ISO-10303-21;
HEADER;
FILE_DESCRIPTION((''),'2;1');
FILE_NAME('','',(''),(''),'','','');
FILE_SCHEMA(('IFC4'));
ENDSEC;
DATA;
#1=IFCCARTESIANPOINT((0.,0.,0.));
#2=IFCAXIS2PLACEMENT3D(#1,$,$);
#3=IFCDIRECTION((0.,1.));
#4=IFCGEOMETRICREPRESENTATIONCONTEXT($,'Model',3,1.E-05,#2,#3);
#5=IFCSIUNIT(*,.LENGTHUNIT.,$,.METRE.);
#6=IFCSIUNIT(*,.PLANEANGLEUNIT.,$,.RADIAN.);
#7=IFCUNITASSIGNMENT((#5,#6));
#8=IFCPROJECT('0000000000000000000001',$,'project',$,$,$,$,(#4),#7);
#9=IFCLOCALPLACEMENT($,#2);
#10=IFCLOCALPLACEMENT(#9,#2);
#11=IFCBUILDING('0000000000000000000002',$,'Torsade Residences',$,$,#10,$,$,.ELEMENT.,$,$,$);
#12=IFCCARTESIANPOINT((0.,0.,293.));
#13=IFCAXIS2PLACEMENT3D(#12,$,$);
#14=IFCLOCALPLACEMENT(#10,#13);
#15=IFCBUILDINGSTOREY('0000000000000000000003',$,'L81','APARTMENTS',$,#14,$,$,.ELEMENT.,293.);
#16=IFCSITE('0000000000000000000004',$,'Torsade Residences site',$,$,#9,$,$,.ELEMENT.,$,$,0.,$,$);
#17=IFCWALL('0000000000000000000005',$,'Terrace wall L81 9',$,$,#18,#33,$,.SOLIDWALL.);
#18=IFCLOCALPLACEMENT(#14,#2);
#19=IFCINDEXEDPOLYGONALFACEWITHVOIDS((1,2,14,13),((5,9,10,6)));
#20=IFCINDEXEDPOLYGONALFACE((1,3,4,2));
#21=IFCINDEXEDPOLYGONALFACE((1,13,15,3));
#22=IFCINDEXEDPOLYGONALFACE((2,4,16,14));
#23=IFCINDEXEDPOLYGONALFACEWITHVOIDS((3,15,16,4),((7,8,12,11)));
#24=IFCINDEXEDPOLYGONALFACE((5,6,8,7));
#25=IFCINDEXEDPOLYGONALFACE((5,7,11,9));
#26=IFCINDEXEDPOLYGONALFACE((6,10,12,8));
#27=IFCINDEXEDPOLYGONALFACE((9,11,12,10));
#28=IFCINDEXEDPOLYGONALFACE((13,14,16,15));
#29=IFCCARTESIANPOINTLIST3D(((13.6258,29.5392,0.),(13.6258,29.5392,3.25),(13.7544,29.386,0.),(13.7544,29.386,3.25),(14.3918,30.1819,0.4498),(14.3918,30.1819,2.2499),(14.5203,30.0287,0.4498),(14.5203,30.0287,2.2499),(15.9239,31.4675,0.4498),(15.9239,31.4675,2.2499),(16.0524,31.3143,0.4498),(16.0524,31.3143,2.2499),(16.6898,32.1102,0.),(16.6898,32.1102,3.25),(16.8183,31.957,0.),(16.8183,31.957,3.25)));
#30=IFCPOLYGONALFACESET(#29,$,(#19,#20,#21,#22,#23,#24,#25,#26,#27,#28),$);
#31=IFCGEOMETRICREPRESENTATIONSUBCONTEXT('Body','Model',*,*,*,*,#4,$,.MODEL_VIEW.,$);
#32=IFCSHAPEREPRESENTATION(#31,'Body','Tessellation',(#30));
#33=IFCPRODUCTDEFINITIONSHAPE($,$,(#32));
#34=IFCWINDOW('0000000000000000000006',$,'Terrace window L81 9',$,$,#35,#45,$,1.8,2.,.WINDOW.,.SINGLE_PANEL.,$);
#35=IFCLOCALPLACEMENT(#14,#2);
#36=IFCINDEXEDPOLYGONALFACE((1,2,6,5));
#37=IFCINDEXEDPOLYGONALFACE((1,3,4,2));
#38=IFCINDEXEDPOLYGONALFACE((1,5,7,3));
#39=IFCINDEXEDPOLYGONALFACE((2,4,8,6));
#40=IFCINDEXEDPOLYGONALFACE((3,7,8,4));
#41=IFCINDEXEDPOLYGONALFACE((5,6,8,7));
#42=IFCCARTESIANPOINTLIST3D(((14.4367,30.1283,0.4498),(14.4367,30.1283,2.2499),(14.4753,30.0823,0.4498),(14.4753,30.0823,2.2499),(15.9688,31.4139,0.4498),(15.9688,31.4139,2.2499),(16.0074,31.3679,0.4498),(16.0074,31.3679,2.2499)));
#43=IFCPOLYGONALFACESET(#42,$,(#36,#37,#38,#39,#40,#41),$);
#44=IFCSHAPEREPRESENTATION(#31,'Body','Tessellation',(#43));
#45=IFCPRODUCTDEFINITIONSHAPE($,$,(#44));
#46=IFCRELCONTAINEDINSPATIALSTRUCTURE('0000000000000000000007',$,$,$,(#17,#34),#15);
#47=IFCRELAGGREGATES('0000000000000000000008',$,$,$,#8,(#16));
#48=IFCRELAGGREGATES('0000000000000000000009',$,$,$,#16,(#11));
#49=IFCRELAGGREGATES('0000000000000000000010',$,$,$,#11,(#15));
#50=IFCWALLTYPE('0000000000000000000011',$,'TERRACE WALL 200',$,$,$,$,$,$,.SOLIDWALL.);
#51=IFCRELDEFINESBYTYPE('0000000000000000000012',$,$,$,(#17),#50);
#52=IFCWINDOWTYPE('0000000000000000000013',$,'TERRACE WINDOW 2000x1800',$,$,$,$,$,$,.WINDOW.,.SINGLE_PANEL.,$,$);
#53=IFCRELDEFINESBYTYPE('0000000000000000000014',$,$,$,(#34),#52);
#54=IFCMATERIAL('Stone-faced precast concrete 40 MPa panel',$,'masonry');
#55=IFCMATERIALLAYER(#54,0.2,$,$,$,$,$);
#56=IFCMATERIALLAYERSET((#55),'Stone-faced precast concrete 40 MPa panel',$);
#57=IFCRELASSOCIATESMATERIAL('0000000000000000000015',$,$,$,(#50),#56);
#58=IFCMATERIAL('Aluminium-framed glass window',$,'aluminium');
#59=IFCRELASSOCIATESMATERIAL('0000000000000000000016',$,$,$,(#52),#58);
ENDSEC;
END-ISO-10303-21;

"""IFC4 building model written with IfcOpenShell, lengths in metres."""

from ifc_helpers import new_model, si_unit, direction, frame, frame_2d, origin, place, context, subcontext, project, spatial, rectangle, extrude, material, layer, layer_set, type_object, element, fill, save


model = new_model("IFC4")

# Units and contexts
model_context = context("Model", 3, precision=1e-05, world=origin(), true_north=direction((0.0, 1.0)))
body_context = subcontext(model_context, "Body", "Model", "MODEL_VIEW")
ifc_project = project(units=[si_unit("LENGTHUNIT", "METRE"), si_unit("PLANEANGLEUNIT", "RADIAN")], contexts=[model_context])

# Site, building, storey
site_placement = place(None, origin())
site = spatial("IfcSite", under=ifc_project, at=site_placement, Name="Torsade Residences site", CompositionType="ELEMENT", RefElevation=0.0)
building_placement = place(site_placement, origin())
building = spatial("IfcBuilding", under=site, at=building_placement, Name="Torsade Residences", CompositionType="ELEMENT")
storey_placement = place(building_placement, frame((0.0, 0.0, 293.0)))
storey = spatial("IfcBuildingStorey", under=building, at=storey_placement, Name="L81", Description="APARTMENTS", CompositionType="ELEMENT", Elevation=293.0)

# Shared definitions
ifc_material_1 = material(Name="Stone-faced precast concrete 40 MPa panel", Category="masonry")
ifc_layer_1 = layer(ifc_material_1, 0.2)
ifc_layer_set_1 = layer_set([ifc_layer_1], Name="Stone-faced precast concrete 40 MPa panel")
wall_type_1 = type_object("IfcWallType", Name="TERRACE WALL 200", PredefinedType="SOLIDWALL", material=ifc_layer_set_1)

# Wall, opening, window
wall_1_placement = place(storey_placement, frame((16.7542, 32.0337, 0.0), z_axis=(0.0, 0.0, 1.0), x_axis=(-0.766035, -0.642798, 0.0)))
wall_1 = element("IfcWall", 1, at=wall_1_placement, inside=storey, type_object=wall_type_1, Name="Terrace wall L81 9", PredefinedType="SOLIDWALL", context=body_context, shape_type="SweptSolid", body=[
    extrude(rectangle(XDim=3.9998, YDim=0.2, at=frame_2d((2.0, 0.0))), origin(), (0.0, 0.0, 1.0), 3.25),
])
opening_1_placement = place(wall_1_placement, frame((1.0, 0.0, 0.45)))
opening_1 = element("IfcOpeningElement", 2, at=opening_1_placement, cuts=wall_1, PredefinedType="OPENING", context=body_context, shape_type="SweptSolid", body=[
    extrude(rectangle(XDim=2.0, YDim=1.8, at=frame_2d((1.0, 0.8999))), frame((0.0, 0.1099, 0.0), z_axis=(0.0, -1.0, 0.0), x_axis=(1.0, 0.0, 0.0)), (0.0, 0.0, 1.0), 0.22),
])
ifc_material_2 = material(Name="Aluminium-framed glass window", Category="aluminium")
window_type = type_object("IfcWindowType", Name="TERRACE WINDOW 2000x1800", PartitioningType="SINGLE_PANEL", PredefinedType="WINDOW", material=ifc_material_2)
window_placement = place(opening_1_placement, origin())
window = element("IfcWindow", 3, at=window_placement, inside=storey, type_object=window_type, Name="Terrace window L81 9", OverallHeight=1.8, OverallWidth=2.0, PartitioningType="SINGLE_PANEL", PredefinedType="WINDOW", context=body_context, shape_type="SweptSolid", body=[
    extrude(rectangle(XDim=2.0, YDim=1.8, at=frame_2d((1.0, 0.8999))), frame((0.0, 0.03, 0.0), z_axis=(0.0, -1.0, 0.0), x_axis=(1.0, 0.0, 0.0)), (0.0, 0.0, 1.0), 0.0601),
])
fill(opening_1, window)

save(model, "model.ifc")
